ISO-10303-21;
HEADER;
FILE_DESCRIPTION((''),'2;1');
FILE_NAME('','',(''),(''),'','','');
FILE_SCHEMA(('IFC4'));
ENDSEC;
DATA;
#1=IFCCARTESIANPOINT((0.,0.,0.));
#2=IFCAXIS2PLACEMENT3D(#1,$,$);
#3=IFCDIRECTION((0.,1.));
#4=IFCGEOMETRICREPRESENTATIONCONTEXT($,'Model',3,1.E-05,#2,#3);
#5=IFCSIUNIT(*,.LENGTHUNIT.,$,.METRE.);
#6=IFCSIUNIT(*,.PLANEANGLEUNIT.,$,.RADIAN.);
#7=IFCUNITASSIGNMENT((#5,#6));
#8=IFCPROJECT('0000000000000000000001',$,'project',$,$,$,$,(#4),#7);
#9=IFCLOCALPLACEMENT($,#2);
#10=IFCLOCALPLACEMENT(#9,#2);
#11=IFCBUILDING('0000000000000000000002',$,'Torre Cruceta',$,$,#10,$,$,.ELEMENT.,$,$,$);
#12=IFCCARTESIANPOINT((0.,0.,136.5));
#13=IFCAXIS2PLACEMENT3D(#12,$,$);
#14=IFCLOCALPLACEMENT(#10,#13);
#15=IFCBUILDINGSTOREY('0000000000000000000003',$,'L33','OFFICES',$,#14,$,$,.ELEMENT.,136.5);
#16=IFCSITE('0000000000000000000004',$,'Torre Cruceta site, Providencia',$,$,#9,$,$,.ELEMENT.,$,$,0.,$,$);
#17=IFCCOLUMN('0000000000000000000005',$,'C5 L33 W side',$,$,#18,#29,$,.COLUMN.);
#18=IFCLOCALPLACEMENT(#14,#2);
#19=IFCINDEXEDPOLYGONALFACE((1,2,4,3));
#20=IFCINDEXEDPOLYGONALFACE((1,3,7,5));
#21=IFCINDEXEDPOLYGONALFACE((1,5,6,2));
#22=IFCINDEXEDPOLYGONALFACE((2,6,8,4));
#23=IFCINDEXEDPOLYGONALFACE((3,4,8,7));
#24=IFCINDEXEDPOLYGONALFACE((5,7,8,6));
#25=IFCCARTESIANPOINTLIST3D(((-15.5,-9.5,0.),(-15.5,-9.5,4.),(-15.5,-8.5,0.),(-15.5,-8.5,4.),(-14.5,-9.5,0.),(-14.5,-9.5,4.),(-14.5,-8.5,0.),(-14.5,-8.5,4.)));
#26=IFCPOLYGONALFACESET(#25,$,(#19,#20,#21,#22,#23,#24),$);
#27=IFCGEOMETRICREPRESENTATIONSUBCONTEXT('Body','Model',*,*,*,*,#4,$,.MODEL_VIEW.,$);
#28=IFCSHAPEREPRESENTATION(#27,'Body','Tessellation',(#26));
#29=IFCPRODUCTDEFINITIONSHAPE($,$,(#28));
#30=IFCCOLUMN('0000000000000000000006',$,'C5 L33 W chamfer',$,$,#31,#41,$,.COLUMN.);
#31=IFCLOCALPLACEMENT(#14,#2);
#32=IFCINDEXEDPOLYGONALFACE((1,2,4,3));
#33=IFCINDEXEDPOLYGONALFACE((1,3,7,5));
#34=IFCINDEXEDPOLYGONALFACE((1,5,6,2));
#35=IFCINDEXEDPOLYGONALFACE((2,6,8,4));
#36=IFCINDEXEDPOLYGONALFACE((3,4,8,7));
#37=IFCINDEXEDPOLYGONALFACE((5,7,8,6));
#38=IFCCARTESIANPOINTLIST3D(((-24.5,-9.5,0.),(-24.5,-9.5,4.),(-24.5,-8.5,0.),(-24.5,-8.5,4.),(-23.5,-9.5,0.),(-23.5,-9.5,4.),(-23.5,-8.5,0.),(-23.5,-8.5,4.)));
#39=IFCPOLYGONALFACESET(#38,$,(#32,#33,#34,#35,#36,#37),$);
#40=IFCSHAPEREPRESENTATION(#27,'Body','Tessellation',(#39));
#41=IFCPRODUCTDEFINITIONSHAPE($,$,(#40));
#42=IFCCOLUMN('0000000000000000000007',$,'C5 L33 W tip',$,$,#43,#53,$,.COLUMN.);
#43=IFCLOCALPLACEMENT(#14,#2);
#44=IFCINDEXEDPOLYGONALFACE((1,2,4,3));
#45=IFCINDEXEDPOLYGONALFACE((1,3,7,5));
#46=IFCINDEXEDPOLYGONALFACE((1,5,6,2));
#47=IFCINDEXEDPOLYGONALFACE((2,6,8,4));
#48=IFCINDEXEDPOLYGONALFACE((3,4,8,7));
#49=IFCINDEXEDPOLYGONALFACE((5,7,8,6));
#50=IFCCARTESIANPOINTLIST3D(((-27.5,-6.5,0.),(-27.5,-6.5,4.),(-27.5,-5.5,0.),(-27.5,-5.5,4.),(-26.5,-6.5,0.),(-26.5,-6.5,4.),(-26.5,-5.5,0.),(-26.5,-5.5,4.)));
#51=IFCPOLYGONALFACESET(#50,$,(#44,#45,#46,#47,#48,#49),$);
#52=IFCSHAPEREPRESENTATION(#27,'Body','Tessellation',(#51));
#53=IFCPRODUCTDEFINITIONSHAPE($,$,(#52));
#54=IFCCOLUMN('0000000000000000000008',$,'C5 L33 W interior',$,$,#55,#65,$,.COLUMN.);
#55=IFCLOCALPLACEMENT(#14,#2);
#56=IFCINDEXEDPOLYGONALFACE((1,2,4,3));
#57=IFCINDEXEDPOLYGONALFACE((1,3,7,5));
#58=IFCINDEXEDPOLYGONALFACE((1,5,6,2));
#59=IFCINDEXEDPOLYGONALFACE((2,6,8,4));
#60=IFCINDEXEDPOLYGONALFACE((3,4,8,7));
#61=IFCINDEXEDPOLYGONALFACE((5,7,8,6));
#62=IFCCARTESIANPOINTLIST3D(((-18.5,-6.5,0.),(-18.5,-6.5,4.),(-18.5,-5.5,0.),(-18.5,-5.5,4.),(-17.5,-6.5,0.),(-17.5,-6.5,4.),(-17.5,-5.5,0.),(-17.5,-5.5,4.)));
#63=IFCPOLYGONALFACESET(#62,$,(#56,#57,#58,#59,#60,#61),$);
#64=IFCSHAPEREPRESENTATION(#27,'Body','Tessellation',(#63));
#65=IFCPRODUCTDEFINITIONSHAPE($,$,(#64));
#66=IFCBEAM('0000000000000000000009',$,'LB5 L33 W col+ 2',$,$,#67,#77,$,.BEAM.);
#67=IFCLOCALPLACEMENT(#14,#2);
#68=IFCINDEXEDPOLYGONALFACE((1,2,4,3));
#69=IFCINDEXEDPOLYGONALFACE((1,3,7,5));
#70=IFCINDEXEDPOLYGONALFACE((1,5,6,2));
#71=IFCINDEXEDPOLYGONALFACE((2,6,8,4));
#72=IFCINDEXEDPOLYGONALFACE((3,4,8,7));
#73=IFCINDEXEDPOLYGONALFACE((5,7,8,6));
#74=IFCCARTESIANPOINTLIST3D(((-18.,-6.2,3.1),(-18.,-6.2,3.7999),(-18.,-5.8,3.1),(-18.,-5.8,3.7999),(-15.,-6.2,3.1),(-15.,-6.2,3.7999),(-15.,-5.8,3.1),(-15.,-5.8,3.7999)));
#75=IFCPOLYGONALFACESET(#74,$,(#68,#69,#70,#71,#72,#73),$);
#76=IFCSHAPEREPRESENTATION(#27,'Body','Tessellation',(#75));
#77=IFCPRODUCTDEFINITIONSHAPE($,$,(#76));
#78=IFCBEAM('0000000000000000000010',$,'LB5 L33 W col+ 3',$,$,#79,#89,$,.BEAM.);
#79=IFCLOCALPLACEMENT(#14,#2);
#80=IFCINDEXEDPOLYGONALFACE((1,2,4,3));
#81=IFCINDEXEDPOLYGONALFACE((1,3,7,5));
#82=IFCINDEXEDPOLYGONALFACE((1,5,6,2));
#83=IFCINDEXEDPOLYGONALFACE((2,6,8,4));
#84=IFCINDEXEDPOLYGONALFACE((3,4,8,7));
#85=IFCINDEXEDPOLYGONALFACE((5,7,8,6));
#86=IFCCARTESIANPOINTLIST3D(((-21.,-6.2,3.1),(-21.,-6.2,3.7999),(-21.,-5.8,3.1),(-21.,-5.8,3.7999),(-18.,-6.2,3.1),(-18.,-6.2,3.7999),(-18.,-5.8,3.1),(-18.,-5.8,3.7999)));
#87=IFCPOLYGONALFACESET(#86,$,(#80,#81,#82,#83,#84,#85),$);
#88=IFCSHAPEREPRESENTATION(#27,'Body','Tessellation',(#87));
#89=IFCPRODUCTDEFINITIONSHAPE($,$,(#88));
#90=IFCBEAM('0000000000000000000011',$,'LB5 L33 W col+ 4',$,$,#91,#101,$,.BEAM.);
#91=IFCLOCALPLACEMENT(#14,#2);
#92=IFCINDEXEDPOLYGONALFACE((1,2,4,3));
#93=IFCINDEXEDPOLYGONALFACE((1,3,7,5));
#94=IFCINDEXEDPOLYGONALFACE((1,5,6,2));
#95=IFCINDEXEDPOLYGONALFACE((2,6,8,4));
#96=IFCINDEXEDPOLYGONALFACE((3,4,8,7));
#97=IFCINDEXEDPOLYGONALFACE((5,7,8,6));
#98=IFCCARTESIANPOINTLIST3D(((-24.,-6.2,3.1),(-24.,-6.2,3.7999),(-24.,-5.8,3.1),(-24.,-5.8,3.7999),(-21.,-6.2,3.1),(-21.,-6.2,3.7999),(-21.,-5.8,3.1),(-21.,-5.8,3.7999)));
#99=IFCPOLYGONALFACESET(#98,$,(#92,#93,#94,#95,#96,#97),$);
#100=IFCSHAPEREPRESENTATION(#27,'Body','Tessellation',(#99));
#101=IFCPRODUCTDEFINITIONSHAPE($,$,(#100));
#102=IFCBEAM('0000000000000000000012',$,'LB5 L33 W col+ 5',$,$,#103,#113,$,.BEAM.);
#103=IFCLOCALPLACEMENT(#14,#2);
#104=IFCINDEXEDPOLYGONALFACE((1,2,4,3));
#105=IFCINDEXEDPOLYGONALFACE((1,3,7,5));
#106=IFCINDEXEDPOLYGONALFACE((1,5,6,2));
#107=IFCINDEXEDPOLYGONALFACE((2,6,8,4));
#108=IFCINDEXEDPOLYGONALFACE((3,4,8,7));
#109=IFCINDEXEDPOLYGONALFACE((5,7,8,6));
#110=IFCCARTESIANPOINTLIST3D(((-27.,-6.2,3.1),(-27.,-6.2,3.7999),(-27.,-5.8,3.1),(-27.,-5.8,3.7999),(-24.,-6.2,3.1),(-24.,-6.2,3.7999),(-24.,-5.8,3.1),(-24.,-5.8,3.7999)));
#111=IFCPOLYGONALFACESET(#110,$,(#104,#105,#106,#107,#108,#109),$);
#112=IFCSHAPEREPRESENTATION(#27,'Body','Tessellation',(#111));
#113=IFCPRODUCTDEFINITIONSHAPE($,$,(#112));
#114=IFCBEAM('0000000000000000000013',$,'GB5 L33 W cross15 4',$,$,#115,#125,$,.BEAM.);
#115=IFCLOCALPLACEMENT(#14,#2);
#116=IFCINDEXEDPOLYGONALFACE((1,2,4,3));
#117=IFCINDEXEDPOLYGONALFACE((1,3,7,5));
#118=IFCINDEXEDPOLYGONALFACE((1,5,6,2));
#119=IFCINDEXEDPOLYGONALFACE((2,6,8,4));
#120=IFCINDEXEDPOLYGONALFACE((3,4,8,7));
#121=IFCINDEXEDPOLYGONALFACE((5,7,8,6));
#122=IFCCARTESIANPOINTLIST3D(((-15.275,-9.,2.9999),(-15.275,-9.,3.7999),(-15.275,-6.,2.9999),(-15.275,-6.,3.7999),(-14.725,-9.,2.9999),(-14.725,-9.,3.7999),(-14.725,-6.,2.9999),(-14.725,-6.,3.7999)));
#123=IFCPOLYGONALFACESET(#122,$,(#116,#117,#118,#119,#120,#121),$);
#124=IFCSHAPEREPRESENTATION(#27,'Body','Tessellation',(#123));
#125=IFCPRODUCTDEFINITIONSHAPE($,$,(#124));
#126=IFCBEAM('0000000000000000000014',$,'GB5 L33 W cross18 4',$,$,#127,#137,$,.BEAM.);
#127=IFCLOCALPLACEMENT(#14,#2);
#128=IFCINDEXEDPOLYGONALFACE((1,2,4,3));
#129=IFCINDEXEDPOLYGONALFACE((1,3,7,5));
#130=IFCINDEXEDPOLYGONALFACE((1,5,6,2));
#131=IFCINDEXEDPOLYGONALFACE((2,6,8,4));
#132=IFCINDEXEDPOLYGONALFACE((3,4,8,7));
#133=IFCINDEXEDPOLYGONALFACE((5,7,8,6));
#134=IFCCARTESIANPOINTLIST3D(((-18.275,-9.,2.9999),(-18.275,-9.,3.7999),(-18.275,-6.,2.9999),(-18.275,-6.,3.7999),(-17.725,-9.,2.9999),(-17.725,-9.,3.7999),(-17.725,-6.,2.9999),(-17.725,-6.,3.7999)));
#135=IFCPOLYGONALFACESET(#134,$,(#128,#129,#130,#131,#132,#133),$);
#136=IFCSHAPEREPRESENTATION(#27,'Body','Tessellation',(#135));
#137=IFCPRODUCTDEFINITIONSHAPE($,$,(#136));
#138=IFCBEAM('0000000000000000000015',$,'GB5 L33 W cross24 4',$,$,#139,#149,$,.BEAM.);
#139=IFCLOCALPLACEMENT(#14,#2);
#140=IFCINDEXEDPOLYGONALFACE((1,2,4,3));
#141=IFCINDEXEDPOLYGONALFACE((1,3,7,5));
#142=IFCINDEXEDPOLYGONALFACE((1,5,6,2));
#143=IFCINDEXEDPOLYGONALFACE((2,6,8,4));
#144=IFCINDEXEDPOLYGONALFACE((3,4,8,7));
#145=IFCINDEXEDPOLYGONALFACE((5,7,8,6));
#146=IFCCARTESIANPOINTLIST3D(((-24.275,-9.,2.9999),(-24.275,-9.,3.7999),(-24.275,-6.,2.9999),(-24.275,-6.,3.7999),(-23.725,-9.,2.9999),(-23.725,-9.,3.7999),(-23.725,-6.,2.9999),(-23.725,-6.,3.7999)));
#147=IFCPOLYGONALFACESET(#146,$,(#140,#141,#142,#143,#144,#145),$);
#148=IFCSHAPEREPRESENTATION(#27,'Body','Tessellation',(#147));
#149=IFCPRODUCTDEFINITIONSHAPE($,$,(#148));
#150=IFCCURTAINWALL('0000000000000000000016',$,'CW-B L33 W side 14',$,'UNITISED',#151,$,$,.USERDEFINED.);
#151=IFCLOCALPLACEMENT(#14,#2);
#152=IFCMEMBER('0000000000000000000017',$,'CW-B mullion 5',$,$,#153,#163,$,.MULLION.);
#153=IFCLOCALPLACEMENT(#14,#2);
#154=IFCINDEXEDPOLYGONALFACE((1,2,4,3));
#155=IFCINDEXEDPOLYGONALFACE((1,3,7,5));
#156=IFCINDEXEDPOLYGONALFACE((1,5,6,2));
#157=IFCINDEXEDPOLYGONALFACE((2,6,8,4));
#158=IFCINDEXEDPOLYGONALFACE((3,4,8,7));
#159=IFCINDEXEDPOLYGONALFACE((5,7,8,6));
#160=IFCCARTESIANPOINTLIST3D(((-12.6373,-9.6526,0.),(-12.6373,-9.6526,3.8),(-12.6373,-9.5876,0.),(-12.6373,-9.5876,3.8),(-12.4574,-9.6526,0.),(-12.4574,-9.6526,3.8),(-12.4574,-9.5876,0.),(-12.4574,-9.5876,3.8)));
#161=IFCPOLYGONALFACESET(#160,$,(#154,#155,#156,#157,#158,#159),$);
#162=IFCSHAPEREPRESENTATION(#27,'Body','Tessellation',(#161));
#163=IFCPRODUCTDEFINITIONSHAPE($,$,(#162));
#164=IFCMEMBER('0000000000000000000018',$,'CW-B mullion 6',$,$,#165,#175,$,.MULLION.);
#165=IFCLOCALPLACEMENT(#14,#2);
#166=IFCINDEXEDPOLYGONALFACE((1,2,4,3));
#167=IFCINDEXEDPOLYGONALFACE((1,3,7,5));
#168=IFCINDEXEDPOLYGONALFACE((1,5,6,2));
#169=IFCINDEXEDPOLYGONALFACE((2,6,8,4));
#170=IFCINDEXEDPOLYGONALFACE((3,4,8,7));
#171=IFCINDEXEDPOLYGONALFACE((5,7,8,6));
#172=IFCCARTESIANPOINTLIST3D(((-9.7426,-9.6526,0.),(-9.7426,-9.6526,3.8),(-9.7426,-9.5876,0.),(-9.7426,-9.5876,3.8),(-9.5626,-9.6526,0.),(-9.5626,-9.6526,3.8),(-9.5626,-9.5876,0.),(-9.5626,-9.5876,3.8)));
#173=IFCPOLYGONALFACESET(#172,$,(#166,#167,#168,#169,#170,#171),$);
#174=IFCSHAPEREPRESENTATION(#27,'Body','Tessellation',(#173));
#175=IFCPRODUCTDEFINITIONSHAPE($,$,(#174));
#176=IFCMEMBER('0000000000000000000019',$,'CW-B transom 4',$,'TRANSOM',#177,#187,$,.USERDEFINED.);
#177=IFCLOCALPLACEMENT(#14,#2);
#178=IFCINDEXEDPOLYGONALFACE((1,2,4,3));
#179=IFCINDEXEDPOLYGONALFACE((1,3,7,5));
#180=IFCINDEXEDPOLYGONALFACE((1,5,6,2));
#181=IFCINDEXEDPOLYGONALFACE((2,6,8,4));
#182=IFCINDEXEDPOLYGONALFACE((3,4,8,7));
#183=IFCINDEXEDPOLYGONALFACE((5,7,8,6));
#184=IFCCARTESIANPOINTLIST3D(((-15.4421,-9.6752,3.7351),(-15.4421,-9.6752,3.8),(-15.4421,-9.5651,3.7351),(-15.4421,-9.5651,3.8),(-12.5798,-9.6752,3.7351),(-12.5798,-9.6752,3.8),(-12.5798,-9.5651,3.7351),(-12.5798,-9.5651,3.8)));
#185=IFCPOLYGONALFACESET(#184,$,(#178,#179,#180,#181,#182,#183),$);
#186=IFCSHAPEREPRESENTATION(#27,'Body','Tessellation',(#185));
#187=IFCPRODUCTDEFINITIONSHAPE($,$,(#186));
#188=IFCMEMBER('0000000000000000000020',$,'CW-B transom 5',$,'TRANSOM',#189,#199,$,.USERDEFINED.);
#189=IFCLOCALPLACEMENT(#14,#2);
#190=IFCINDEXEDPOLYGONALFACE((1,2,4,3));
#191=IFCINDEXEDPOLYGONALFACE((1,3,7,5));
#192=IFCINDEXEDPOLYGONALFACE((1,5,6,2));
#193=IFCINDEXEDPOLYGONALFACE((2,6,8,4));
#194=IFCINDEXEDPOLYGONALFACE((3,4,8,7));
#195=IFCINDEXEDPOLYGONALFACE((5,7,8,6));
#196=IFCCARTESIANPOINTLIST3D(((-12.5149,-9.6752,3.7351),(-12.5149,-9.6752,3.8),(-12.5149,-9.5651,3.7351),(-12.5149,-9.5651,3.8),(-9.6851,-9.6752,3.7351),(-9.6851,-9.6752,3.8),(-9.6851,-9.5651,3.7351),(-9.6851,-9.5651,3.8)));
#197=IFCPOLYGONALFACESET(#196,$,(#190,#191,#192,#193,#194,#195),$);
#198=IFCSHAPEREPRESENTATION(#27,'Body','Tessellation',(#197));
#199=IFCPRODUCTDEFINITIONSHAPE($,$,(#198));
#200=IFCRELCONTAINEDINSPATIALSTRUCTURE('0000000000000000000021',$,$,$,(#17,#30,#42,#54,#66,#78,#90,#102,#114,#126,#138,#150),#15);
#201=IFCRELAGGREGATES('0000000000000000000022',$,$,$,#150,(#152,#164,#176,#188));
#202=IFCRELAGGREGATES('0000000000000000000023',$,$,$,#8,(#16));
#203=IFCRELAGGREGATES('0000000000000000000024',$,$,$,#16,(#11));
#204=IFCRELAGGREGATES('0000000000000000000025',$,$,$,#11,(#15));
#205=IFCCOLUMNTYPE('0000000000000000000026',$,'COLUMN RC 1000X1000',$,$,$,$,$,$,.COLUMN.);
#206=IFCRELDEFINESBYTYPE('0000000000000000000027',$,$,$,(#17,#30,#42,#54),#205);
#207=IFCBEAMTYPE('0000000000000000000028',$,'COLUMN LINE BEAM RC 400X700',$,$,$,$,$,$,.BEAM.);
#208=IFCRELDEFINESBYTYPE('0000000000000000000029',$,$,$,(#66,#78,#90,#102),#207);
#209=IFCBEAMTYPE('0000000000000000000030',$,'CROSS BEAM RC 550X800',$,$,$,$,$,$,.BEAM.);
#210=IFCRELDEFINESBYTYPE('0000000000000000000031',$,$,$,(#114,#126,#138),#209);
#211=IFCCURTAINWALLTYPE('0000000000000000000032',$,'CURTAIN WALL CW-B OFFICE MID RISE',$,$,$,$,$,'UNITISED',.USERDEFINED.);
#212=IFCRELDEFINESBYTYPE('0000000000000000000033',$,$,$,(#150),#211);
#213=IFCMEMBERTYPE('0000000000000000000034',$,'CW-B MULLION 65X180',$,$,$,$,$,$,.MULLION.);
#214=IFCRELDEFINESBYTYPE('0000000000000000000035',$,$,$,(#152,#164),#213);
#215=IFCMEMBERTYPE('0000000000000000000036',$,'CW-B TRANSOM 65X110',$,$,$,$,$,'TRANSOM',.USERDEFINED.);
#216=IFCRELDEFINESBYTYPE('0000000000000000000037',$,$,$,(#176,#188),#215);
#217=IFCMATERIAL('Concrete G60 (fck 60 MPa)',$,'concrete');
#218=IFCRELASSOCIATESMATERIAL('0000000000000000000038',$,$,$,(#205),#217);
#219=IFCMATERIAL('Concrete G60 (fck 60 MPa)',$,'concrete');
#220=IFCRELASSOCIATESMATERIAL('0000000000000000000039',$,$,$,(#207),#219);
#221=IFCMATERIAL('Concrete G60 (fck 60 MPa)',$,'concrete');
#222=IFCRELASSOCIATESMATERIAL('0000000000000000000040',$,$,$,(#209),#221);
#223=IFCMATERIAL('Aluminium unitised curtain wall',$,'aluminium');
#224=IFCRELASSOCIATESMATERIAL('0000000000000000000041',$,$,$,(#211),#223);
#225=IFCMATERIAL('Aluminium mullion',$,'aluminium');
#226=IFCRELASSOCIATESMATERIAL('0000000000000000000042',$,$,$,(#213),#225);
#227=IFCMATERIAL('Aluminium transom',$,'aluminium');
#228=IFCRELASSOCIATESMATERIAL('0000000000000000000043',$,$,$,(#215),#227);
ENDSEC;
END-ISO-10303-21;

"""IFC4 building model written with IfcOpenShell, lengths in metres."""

from ifc_helpers import new_model, si_unit, direction, frame, origin, origin_2d, place, context, subcontext, project, spatial, rectangle, extrude, material, material_profile, profile_set, type_object, element, aggregate, save


model = new_model("IFC4")

# Units and contexts
model_context = context("Model", 3, precision=1e-05, world=origin(), true_north=direction((0.0, 1.0)))
body_context = subcontext(model_context, "Body", "Model", "MODEL_VIEW")
ifc_project = project(units=[si_unit("LENGTHUNIT", "METRE"), si_unit("PLANEANGLEUNIT", "RADIAN")], contexts=[model_context])

# Site, building, storey
site_placement = place(None, origin())
site = spatial("IfcSite", under=ifc_project, at=site_placement, Name="Torre Cruceta site, Providencia", CompositionType="ELEMENT", RefElevation=0.0)
building_placement = place(site_placement, origin())
building = spatial("IfcBuilding", under=site, at=building_placement, Name="Torre Cruceta", CompositionType="ELEMENT")
storey_placement = place(building_placement, frame((0.0, 0.0, 136.5)))
storey = spatial("IfcBuildingStorey", under=building, at=storey_placement, Name="L33", Description="OFFICES", CompositionType="ELEMENT", Elevation=136.5)

# Columns
ifc_material_1 = material(Name="Concrete G60 (fck 60 MPa)", Category="concrete")
ifc_material_profile_1 = material_profile(ifc_material_1, rectangle(XDim=1.0, YDim=1.0, at=origin_2d()), Name="RC 1000X1000")
ifc_profile_set_1 = profile_set([ifc_material_profile_1], Name="Concrete G60 (fck 60 MPa)")
column_type = type_object("IfcColumnType", Name="COLUMN RC 1000X1000", PredefinedType="COLUMN", material=ifc_profile_set_1)
for number, where, z_axis, x_axis, name in (
    (1, (-15.0, -9.0, 0.0), (0.0, 0.0, 1.0), (1.0, 0.0, 0.0), "C5 L33 W side"),
    (2, (-24.0, -9.0, 0.0), (0.0, 0.0, 1.0), (1.0, 0.0, 0.0), "C5 L33 W chamfer"),
    (3, (-27.0, -6.0, 0.0), (0.0, 0.0, 1.0), (1.0, 0.0, 0.0), "C5 L33 W tip"),
    (4, (-18.0, -6.0, 0.0), (0.0, 0.0, 1.0), (1.0, 0.0, 0.0), "C5 L33 W interior"),
):
    element("IfcColumn", number, at=place(storey_placement, frame(where, z_axis=z_axis, x_axis=x_axis)), inside=storey, type_object=column_type, Name=name, PredefinedType="COLUMN", context=body_context, shape_type="SweptSolid", body=[
        extrude(rectangle(XDim=1.0, YDim=1.0, at=origin_2d()), origin(), (0.0, 0.0, 1.0), 4.0),
    ])

# Beams
ifc_material_2 = material(Name="Concrete G60 (fck 60 MPa)", Category="concrete")
ifc_material_profile_2 = material_profile(ifc_material_2, rectangle(XDim=0.3999, YDim=0.7, at=origin_2d()), Name="RC 400X700")
ifc_profile_set_2 = profile_set([ifc_material_profile_2], Name="Concrete G60 (fck 60 MPa)")
beam_type_1 = type_object("IfcBeamType", Name="COLUMN LINE BEAM RC 400X700", PredefinedType="BEAM", material=ifc_profile_set_2)
for number, where, z_axis, x_axis, name in (
    (5, (-15.0, -6.0, 3.45), (-1.0, 0.0, 0.0), (0.0, -1.0, 0.0), "LB5 L33 W col+ 2"),
    (6, (-18.0, -6.0, 3.45), (-1.0, 0.0, 0.0), (0.0, -1.0, 0.0), "LB5 L33 W col+ 3"),
    (7, (-21.0, -6.0, 3.45), (-1.0, 0.0, 0.0), (0.0, -1.0, 0.0), "LB5 L33 W col+ 4"),
    (8, (-24.0, -6.0, 3.45), (-1.0, 0.0, 0.0), (0.0, -1.0, 0.0), "LB5 L33 W col+ 5"),
):
    element("IfcBeam", number, at=place(storey_placement, frame(where, z_axis=z_axis, x_axis=x_axis)), inside=storey, type_object=beam_type_1, Name=name, PredefinedType="BEAM", context=body_context, shape_type="SweptSolid", body=[
        extrude(rectangle(XDim=0.3999, YDim=0.7, at=origin_2d()), origin(), (0.0, 0.0, 1.0), 3.0),
    ])
ifc_material_3 = material(Name="Concrete G60 (fck 60 MPa)", Category="concrete")
ifc_material_profile_3 = material_profile(ifc_material_3, rectangle(XDim=0.55, YDim=0.8, at=origin_2d()), Name="RC 550X800")
ifc_profile_set_3 = profile_set([ifc_material_profile_3], Name="Concrete G60 (fck 60 MPa)")
beam_type_2 = type_object("IfcBeamType", Name="CROSS BEAM RC 550X800", PredefinedType="BEAM", material=ifc_profile_set_3)
for number, where, z_axis, x_axis, name in (
    (9, (-15.0, -6.0, 3.3999), (0.0, -1.0, 0.0), (1.0, 0.0, 0.0), "GB5 L33 W cross15 4"),
    (10, (-18.0, -6.0, 3.3999), (0.0, -1.0, 0.0), (1.0, 0.0, 0.0), "GB5 L33 W cross18 4"),
    (11, (-24.0, -6.0, 3.3999), (0.0, -1.0, 0.0), (1.0, 0.0, 0.0), "GB5 L33 W cross24 4"),
):
    element("IfcBeam", number, at=place(storey_placement, frame(where, z_axis=z_axis, x_axis=x_axis)), inside=storey, type_object=beam_type_2, Name=name, PredefinedType="BEAM", context=body_context, shape_type="SweptSolid", body=[
        extrude(rectangle(XDim=0.55, YDim=0.8, at=origin_2d()), origin(), (0.0, 0.0, 1.0), 3.0),
    ])

# Curtain wall, members
ifc_material_4 = material(Name="Aluminium unitised curtain wall", Category="aluminium")
curtain_wall_type = type_object("IfcCurtainWallType", Name="CURTAIN WALL CW-B OFFICE MID RISE", ElementType="UNITISED", PredefinedType="USERDEFINED", material=ifc_material_4)
curtain_wall_placement = place(storey_placement, origin())
curtain_wall = element("IfcCurtainWall", 12, at=curtain_wall_placement, inside=storey, type_object=curtain_wall_type, Name="CW-B L33 W side 14", ObjectType="UNITISED", PredefinedType="USERDEFINED")
ifc_material_5 = material(Name="Aluminium mullion", Category="aluminium")
ifc_material_profile_4 = material_profile(ifc_material_5, rectangle(XDim=0.0649, YDim=0.1799, at=origin_2d()), Name="AL 65X180")
ifc_profile_set_4 = profile_set([ifc_material_profile_4], Name="Aluminium mullion")
member_type_1 = type_object("IfcMemberType", Name="CW-B MULLION 65X180", PredefinedType="MULLION", material=ifc_profile_set_4)
member_1_placement = place(storey_placement, frame((-12.5474, -9.6201, 0.0), z_axis=(0.0, 0.0, 1.0), x_axis=(0.0, 1.0, 0.0)))
member_1 = element("IfcMember", 13, at=member_1_placement, type_object=member_type_1, Name="CW-B mullion 5", PredefinedType="MULLION", context=body_context, shape_type="SweptSolid", body=[
    extrude(rectangle(XDim=0.0649, YDim=0.1799, at=origin_2d()), origin(), (0.0, 0.0, 1.0), 3.8),
])
member_2_placement = place(storey_placement, frame((-9.6526, -9.6201, 0.0), z_axis=(0.0, 0.0, 1.0), x_axis=(0.0, 1.0, 0.0)))
member_2 = element("IfcMember", 14, at=member_2_placement, type_object=member_type_1, Name="CW-B mullion 6", PredefinedType="MULLION", context=body_context, shape_type="SweptSolid", body=[
    extrude(rectangle(XDim=0.0649, YDim=0.1799, at=origin_2d()), origin(), (0.0, 0.0, 1.0), 3.8),
])
ifc_material_6 = material(Name="Aluminium transom", Category="aluminium")
ifc_material_profile_5 = material_profile(ifc_material_6, rectangle(XDim=0.1101, YDim=0.0649, at=origin_2d()), Name="AL 110X65")
ifc_profile_set_5 = profile_set([ifc_material_profile_5], Name="Aluminium transom")
member_type_2 = type_object("IfcMemberType", Name="CW-B TRANSOM 65X110", ElementType="TRANSOM", PredefinedType="USERDEFINED", material=ifc_profile_set_5)
member_3_placement = place(storey_placement, frame((-15.4421, -9.6201, 3.7676), z_axis=(1.0, 0.0, 0.0), x_axis=(0.0, 1.0, 0.0)))
member_3 = element("IfcMember", 15, at=member_3_placement, type_object=member_type_2, Name="CW-B transom 4", ObjectType="TRANSOM", PredefinedType="USERDEFINED", context=body_context, shape_type="SweptSolid", body=[
    extrude(rectangle(XDim=0.1101, YDim=0.0649, at=origin_2d()), origin(), (0.0, 0.0, 1.0), 2.8623),
])
member_4_placement = place(storey_placement, frame((-12.5149, -9.6201, 3.7676), z_axis=(1.0, 0.0, 0.0), x_axis=(0.0, 1.0, 0.0)))
member_4 = element("IfcMember", 16, at=member_4_placement, type_object=member_type_2, Name="CW-B transom 5", ObjectType="TRANSOM", PredefinedType="USERDEFINED", context=body_context, shape_type="SweptSolid", body=[
    extrude(rectangle(XDim=0.1101, YDim=0.0649, at=origin_2d()), origin(), (0.0, 0.0, 1.0), 2.8298),
])

aggregate(curtain_wall, [member_1, member_2, member_3, member_4])

save(model, "model.ifc")
